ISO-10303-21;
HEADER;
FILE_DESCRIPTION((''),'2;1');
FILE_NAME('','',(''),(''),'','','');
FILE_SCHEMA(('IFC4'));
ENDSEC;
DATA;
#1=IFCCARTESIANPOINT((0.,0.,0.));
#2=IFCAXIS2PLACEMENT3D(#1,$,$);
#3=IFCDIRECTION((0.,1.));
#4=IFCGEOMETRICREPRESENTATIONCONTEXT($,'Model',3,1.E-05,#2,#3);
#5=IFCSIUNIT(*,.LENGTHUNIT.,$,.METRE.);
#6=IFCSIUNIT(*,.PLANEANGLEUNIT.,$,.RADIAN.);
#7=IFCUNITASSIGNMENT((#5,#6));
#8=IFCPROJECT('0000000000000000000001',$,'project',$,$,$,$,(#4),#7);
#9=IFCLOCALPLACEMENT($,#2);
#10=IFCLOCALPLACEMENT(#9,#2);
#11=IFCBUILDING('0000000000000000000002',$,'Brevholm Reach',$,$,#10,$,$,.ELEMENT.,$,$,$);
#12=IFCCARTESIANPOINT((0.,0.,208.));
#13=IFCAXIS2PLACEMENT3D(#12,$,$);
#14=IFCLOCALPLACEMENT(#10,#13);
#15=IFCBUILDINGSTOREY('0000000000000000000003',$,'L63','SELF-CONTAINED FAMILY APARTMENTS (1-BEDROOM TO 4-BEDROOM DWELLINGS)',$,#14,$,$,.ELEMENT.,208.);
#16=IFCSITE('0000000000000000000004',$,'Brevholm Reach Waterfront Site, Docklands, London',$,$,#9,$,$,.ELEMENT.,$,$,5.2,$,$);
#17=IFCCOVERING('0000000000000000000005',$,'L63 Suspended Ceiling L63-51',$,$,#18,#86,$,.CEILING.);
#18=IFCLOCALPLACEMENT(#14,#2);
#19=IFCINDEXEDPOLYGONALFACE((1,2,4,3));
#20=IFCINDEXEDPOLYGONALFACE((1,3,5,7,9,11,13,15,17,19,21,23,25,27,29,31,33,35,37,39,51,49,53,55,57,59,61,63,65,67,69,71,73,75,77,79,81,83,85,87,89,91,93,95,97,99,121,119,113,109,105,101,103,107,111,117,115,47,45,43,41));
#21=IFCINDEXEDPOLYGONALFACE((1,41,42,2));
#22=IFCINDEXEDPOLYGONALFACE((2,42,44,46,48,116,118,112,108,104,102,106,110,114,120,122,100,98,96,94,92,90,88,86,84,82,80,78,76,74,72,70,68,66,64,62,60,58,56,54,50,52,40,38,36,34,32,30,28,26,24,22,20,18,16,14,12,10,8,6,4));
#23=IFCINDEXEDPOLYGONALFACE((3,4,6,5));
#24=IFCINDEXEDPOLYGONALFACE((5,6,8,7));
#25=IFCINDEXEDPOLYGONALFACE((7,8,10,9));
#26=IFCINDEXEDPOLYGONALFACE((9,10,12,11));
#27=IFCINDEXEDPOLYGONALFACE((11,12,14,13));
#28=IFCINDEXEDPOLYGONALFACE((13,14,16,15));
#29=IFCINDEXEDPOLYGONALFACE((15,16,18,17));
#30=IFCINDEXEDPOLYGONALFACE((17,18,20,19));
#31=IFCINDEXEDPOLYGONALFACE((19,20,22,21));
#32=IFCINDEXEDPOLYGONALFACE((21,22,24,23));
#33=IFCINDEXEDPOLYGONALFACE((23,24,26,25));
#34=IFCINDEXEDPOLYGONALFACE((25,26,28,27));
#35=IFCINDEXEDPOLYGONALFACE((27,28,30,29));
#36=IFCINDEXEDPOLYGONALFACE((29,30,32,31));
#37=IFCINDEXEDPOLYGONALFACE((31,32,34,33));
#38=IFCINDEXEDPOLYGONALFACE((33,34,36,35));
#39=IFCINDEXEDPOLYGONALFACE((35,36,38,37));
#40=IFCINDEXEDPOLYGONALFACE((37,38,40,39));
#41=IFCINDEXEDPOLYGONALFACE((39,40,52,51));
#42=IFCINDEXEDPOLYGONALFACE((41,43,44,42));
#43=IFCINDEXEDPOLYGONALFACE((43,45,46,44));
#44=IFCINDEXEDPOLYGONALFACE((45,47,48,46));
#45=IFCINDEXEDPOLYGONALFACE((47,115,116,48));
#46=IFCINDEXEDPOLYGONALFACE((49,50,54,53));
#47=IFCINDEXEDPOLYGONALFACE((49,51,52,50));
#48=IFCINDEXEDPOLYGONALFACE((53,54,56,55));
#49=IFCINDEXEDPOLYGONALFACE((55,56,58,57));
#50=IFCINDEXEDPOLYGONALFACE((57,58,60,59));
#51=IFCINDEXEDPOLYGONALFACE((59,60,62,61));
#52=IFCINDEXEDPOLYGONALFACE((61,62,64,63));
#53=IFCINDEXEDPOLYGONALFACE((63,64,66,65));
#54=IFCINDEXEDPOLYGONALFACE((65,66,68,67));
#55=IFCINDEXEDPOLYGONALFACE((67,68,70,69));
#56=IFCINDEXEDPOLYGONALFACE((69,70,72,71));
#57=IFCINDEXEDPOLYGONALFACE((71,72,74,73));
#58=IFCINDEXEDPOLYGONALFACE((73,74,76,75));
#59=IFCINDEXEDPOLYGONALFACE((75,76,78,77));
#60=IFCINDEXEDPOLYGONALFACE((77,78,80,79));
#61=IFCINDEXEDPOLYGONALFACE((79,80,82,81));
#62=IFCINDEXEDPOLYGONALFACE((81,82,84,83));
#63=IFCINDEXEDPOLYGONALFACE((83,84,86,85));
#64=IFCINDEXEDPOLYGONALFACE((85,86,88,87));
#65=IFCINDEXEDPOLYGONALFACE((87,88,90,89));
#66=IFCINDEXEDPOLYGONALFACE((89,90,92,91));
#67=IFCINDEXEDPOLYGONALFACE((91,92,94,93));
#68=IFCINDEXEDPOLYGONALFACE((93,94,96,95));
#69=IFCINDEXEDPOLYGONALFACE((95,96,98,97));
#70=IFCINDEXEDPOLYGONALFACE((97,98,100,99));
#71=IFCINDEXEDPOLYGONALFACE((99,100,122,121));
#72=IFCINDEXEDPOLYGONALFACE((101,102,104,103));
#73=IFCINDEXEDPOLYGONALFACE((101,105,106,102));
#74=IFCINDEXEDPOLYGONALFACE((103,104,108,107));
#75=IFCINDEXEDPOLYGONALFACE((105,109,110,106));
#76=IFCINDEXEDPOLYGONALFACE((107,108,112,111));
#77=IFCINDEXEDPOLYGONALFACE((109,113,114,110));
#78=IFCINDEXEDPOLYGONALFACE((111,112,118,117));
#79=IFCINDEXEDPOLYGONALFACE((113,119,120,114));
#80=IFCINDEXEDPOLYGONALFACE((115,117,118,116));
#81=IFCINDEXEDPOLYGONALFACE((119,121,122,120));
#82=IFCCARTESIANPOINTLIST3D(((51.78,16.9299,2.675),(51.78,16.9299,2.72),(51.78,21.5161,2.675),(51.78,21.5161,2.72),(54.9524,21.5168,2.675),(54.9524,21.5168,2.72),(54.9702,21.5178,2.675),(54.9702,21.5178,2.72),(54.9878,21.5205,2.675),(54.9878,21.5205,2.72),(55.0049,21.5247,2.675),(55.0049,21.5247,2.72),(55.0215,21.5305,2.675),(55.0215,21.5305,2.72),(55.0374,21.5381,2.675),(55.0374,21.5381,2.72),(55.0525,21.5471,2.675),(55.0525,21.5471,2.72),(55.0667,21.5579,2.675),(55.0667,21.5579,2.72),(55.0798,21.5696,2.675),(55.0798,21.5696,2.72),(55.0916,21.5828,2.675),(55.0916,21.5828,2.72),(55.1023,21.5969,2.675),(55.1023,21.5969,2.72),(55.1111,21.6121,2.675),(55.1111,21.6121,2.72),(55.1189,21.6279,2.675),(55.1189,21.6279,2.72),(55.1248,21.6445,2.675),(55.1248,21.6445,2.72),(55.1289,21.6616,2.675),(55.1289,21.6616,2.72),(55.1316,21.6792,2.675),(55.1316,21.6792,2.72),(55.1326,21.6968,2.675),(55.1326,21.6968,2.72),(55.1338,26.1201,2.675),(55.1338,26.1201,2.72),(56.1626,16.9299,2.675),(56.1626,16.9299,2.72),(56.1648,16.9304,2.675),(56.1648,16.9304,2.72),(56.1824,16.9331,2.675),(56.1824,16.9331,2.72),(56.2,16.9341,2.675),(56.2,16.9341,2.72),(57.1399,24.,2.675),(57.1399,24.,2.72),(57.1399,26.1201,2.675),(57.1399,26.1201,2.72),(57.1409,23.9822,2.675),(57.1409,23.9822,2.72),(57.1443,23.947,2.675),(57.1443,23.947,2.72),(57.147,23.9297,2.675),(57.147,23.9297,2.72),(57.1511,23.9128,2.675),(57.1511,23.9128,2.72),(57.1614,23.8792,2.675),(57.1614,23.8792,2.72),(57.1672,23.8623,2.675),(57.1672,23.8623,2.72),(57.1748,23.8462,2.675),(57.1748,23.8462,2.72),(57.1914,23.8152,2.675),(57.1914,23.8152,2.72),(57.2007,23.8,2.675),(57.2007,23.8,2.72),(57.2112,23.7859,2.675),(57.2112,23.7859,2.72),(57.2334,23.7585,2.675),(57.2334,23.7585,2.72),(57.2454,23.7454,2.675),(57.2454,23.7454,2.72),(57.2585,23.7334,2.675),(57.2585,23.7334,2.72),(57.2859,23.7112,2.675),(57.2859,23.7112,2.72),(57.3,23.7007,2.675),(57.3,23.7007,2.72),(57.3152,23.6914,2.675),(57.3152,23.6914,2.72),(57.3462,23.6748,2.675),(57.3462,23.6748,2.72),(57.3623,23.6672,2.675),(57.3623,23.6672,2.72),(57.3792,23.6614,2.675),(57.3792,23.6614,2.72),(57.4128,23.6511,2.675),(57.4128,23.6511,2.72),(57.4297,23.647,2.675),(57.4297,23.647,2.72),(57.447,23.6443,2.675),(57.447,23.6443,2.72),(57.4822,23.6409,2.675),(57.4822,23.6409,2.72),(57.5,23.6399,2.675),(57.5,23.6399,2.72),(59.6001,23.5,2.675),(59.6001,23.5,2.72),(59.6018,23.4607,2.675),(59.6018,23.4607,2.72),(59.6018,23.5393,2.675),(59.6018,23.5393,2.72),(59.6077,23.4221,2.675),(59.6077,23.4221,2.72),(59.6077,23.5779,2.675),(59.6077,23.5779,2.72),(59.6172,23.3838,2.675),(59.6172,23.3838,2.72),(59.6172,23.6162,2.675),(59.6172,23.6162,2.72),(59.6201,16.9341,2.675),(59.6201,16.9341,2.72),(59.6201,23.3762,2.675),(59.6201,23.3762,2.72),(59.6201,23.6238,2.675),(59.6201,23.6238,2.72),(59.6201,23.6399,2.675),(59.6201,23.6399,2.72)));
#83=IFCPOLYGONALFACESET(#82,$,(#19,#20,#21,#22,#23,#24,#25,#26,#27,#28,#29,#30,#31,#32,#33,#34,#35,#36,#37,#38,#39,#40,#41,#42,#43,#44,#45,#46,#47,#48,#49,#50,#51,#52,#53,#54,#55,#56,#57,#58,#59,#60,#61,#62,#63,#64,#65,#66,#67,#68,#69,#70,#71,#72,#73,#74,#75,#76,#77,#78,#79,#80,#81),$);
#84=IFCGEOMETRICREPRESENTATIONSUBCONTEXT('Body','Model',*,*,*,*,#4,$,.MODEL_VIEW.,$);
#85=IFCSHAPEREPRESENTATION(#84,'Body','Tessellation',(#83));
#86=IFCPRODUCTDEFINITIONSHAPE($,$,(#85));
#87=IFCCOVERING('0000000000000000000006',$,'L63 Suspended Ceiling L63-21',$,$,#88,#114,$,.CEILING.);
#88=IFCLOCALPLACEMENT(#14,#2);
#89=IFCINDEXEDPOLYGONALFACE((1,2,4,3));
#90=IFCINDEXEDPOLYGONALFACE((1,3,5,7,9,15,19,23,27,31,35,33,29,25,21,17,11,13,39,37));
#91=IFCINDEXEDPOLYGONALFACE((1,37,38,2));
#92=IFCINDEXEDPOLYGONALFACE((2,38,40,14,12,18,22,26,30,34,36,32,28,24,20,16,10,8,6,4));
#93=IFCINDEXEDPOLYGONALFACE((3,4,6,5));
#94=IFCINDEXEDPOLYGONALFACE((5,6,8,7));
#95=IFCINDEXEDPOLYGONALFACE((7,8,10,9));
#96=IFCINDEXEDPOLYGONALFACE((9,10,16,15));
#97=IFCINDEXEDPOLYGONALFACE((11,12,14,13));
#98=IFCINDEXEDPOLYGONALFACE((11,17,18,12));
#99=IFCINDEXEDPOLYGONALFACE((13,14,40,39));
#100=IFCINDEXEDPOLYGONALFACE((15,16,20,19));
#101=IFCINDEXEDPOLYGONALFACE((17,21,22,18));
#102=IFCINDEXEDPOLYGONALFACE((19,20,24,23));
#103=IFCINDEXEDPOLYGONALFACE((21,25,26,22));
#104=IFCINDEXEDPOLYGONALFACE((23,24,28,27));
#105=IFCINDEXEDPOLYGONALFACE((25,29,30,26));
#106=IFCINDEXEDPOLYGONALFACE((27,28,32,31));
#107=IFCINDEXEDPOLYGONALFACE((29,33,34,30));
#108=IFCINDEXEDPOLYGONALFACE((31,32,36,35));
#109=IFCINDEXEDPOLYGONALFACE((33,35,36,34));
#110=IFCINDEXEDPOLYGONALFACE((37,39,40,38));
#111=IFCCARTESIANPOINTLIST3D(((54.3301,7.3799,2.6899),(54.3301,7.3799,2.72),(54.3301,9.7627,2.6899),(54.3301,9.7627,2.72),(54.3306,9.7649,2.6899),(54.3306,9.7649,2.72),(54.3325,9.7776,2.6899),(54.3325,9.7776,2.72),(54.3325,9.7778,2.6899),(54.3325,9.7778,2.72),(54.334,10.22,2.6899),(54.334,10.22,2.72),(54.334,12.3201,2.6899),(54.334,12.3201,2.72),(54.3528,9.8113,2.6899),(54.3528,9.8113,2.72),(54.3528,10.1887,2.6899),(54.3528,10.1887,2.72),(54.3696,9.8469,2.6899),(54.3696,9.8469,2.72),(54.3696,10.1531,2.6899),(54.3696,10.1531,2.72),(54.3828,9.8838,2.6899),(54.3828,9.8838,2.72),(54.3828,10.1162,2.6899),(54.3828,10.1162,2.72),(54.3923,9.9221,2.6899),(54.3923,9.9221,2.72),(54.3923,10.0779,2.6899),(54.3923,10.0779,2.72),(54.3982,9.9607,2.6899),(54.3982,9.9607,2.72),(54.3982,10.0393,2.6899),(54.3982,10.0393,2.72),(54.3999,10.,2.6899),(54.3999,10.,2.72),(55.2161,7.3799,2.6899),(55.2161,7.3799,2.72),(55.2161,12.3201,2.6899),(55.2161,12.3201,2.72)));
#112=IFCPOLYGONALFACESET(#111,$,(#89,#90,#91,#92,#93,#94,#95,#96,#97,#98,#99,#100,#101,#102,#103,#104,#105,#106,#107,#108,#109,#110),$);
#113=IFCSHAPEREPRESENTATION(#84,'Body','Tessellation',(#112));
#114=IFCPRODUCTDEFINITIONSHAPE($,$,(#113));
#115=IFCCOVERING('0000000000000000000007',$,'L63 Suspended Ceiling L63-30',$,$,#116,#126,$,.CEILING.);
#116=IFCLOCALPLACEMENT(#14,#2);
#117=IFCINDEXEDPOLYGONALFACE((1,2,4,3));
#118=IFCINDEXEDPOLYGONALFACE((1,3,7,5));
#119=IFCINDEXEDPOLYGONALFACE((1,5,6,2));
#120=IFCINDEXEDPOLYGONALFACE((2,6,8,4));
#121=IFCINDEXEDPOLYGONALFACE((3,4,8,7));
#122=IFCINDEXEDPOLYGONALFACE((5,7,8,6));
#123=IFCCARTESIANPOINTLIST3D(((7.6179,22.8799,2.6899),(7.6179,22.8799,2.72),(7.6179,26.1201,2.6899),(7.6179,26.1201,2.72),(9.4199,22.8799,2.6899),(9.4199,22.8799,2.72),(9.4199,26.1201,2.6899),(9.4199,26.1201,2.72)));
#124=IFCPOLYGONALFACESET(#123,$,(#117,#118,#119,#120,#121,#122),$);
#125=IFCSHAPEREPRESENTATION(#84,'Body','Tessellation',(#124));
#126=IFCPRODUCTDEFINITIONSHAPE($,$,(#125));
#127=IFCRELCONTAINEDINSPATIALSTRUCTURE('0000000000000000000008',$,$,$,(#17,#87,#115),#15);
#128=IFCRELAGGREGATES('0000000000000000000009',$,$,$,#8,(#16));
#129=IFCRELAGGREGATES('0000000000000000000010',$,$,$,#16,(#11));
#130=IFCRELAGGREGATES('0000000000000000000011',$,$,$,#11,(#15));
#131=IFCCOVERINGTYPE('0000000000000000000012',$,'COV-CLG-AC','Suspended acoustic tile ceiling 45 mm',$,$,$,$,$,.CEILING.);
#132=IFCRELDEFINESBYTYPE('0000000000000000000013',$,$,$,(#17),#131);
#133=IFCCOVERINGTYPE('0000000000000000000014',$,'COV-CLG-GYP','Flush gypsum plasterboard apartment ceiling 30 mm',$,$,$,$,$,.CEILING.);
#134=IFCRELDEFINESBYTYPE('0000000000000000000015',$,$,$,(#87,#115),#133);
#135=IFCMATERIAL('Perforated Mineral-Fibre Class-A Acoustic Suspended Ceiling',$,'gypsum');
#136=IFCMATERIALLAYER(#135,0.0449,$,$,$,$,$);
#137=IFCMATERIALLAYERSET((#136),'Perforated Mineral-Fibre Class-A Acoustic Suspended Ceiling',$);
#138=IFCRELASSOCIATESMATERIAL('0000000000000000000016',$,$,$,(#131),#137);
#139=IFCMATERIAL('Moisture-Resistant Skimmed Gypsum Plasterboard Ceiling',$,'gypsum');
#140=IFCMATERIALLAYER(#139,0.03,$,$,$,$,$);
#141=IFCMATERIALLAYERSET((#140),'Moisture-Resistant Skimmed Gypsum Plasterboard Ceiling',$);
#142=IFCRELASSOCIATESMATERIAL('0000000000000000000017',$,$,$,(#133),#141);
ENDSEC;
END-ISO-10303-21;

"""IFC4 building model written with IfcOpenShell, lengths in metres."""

from ifc_helpers import new_model, si_unit, direction, frame, origin, place, context, subcontext, project, spatial, polyline, outline, extrude, material, layer, layer_set, type_object, element, save


model = new_model("IFC4")

# Units and contexts
model_context = context("Model", 3, precision=1e-05, world=origin(), true_north=direction((0.0, 1.0)))
body_context = subcontext(model_context, "Body", "Model", "MODEL_VIEW")
ifc_project = project(units=[si_unit("LENGTHUNIT", "METRE"), si_unit("PLANEANGLEUNIT", "RADIAN")], contexts=[model_context])

# Site, building, storey
site_placement = place(None, origin())
site = spatial("IfcSite", under=ifc_project, at=site_placement, Name="Brevholm Reach Waterfront Site, Docklands, London", CompositionType="ELEMENT", RefElevation=5.2)
building_placement = place(site_placement, origin())
building = spatial("IfcBuilding", under=site, at=building_placement, Name="Brevholm Reach", CompositionType="ELEMENT")
storey_placement = place(building_placement, frame((0.0, 0.0, 208.0)))
storey = spatial("IfcBuildingStorey", under=building, at=storey_placement, Name="L63", Description="SELF-CONTAINED FAMILY APARTMENTS (1-BEDROOM TO 4-BEDROOM DWELLINGS)", CompositionType="ELEMENT", Elevation=208.0)

# Coverings
ifc_material_1 = material(Name="Perforated Mineral-Fibre Class-A Acoustic Suspended Ceiling", Category="gypsum")
ifc_layer_1 = layer(ifc_material_1, 0.0449)
ifc_layer_set_1 = layer_set([ifc_layer_1], Name="Perforated Mineral-Fibre Class-A Acoustic Suspended Ceiling")
covering_type_1 = type_object("IfcCoveringType", Name="COV-CLG-AC", Description="Suspended acoustic tile ceiling 45 mm", PredefinedType="CEILING", material=ifc_layer_set_1)
covering_1_placement = place(storey_placement, frame((0.0, 0.0, 2.675)))
element("IfcCovering", 1, at=covering_1_placement, inside=storey, type_object=covering_type_1, Name="L63 Suspended Ceiling L63-51", PredefinedType="CEILING", context=body_context, shape_type="SweptSolid", body=[
    extrude(outline(polyline([(51.78, 16.9299), (51.78, 21.5161), (54.9524, 21.5168), (54.9702, 21.5178), (54.9878, 21.5205), (55.0049, 21.5247), (55.0215, 21.5305), (55.0374, 21.5381), (55.0525, 21.5471), (55.0667, 21.5579), (55.0798, 21.5696), (55.0916, 21.5828), (55.1023, 21.5969), (55.1111, 21.6121), (55.1189, 21.6279), (55.1248, 21.6445), (55.1289, 21.6616), (55.1316, 21.6792), (55.1326, 21.6968), (55.1338, 26.1201), (57.1399, 26.1201), (57.1399, 24.0), (57.1409, 23.9822), (57.1443, 23.947), (57.147, 23.9297), (57.1511, 23.9128), (57.1614, 23.8792), (57.1672, 23.8623), (57.1748, 23.8462), (57.1914, 23.8152), (57.2007, 23.8), (57.2112, 23.7859), (57.2334, 23.7585), (57.2454, 23.7454), (57.2585, 23.7334), (57.2859, 23.7112), (57.3, 23.7007), (57.3152, 23.6914), (57.3462, 23.6748), (57.3623, 23.6672), (57.3792, 23.6614), (57.4128, 23.6511), (57.4297, 23.647), (57.447, 23.6443), (57.4822, 23.6409), (57.5, 23.6399), (59.6201, 23.6399), (59.6201, 23.6238), (59.6172, 23.6162), (59.6077, 23.5779), (59.6018, 23.5393), (59.6001, 23.5), (59.6018, 23.4607), (59.6077, 23.4221), (59.6172, 23.3838), (59.6201, 23.3762), (59.6201, 16.9341), (56.2, 16.9341), (56.1824, 16.9331), (56.1648, 16.9304), (56.1626, 16.9299), (51.78, 16.9299)])), origin(), (0.0, 0.0, 1.0), 0.0449),
])
ifc_material_2 = material(Name="Moisture-Resistant Skimmed Gypsum Plasterboard Ceiling", Category="gypsum")
ifc_layer_2 = layer(ifc_material_2, 0.03)
ifc_layer_set_2 = layer_set([ifc_layer_2], Name="Moisture-Resistant Skimmed Gypsum Plasterboard Ceiling")
covering_type_2 = type_object("IfcCoveringType", Name="COV-CLG-GYP", Description="Flush gypsum plasterboard apartment ceiling 30 mm", PredefinedType="CEILING", material=ifc_layer_set_2)
covering_2_placement = place(storey_placement, frame((0.0, 0.0, 2.6899)))
element("IfcCovering", 2, at=covering_2_placement, inside=storey, type_object=covering_type_2, Name="L63 Suspended Ceiling L63-21", PredefinedType="CEILING", context=body_context, shape_type="SweptSolid", body=[
    extrude(outline(polyline([(54.3301, 9.7627), (54.3306, 9.7649), (54.3325, 9.7776), (54.3325, 9.7778), (54.3528, 9.8113), (54.3696, 9.8469), (54.3828, 9.8838), (54.3923, 9.9221), (54.3982, 9.9607), (54.3999, 10.0), (54.3982, 10.0393), (54.3923, 10.0779), (54.3828, 10.1162), (54.3696, 10.1531), (54.3528, 10.1887), (54.334, 10.22), (54.334, 12.3201), (55.2161, 12.3201), (55.2161, 7.3799), (54.3301, 7.3799), (54.3301, 9.7627)])), origin(), (0.0, 0.0, 1.0), 0.03),
])
covering_3_placement = place(storey_placement, frame((0.0, 0.0, 2.6899)))
element("IfcCovering", 3, at=covering_3_placement, inside=storey, type_object=covering_type_2, Name="L63 Suspended Ceiling L63-30", PredefinedType="CEILING", context=body_context, shape_type="SweptSolid", body=[
    extrude(outline(polyline([(7.6179, 26.1201), (9.4199, 26.1201), (9.4199, 22.8799), (7.6179, 22.8799), (7.6179, 26.1201)])), origin(), (0.0, 0.0, 1.0), 0.03),
])

save(model, "model.ifc")
